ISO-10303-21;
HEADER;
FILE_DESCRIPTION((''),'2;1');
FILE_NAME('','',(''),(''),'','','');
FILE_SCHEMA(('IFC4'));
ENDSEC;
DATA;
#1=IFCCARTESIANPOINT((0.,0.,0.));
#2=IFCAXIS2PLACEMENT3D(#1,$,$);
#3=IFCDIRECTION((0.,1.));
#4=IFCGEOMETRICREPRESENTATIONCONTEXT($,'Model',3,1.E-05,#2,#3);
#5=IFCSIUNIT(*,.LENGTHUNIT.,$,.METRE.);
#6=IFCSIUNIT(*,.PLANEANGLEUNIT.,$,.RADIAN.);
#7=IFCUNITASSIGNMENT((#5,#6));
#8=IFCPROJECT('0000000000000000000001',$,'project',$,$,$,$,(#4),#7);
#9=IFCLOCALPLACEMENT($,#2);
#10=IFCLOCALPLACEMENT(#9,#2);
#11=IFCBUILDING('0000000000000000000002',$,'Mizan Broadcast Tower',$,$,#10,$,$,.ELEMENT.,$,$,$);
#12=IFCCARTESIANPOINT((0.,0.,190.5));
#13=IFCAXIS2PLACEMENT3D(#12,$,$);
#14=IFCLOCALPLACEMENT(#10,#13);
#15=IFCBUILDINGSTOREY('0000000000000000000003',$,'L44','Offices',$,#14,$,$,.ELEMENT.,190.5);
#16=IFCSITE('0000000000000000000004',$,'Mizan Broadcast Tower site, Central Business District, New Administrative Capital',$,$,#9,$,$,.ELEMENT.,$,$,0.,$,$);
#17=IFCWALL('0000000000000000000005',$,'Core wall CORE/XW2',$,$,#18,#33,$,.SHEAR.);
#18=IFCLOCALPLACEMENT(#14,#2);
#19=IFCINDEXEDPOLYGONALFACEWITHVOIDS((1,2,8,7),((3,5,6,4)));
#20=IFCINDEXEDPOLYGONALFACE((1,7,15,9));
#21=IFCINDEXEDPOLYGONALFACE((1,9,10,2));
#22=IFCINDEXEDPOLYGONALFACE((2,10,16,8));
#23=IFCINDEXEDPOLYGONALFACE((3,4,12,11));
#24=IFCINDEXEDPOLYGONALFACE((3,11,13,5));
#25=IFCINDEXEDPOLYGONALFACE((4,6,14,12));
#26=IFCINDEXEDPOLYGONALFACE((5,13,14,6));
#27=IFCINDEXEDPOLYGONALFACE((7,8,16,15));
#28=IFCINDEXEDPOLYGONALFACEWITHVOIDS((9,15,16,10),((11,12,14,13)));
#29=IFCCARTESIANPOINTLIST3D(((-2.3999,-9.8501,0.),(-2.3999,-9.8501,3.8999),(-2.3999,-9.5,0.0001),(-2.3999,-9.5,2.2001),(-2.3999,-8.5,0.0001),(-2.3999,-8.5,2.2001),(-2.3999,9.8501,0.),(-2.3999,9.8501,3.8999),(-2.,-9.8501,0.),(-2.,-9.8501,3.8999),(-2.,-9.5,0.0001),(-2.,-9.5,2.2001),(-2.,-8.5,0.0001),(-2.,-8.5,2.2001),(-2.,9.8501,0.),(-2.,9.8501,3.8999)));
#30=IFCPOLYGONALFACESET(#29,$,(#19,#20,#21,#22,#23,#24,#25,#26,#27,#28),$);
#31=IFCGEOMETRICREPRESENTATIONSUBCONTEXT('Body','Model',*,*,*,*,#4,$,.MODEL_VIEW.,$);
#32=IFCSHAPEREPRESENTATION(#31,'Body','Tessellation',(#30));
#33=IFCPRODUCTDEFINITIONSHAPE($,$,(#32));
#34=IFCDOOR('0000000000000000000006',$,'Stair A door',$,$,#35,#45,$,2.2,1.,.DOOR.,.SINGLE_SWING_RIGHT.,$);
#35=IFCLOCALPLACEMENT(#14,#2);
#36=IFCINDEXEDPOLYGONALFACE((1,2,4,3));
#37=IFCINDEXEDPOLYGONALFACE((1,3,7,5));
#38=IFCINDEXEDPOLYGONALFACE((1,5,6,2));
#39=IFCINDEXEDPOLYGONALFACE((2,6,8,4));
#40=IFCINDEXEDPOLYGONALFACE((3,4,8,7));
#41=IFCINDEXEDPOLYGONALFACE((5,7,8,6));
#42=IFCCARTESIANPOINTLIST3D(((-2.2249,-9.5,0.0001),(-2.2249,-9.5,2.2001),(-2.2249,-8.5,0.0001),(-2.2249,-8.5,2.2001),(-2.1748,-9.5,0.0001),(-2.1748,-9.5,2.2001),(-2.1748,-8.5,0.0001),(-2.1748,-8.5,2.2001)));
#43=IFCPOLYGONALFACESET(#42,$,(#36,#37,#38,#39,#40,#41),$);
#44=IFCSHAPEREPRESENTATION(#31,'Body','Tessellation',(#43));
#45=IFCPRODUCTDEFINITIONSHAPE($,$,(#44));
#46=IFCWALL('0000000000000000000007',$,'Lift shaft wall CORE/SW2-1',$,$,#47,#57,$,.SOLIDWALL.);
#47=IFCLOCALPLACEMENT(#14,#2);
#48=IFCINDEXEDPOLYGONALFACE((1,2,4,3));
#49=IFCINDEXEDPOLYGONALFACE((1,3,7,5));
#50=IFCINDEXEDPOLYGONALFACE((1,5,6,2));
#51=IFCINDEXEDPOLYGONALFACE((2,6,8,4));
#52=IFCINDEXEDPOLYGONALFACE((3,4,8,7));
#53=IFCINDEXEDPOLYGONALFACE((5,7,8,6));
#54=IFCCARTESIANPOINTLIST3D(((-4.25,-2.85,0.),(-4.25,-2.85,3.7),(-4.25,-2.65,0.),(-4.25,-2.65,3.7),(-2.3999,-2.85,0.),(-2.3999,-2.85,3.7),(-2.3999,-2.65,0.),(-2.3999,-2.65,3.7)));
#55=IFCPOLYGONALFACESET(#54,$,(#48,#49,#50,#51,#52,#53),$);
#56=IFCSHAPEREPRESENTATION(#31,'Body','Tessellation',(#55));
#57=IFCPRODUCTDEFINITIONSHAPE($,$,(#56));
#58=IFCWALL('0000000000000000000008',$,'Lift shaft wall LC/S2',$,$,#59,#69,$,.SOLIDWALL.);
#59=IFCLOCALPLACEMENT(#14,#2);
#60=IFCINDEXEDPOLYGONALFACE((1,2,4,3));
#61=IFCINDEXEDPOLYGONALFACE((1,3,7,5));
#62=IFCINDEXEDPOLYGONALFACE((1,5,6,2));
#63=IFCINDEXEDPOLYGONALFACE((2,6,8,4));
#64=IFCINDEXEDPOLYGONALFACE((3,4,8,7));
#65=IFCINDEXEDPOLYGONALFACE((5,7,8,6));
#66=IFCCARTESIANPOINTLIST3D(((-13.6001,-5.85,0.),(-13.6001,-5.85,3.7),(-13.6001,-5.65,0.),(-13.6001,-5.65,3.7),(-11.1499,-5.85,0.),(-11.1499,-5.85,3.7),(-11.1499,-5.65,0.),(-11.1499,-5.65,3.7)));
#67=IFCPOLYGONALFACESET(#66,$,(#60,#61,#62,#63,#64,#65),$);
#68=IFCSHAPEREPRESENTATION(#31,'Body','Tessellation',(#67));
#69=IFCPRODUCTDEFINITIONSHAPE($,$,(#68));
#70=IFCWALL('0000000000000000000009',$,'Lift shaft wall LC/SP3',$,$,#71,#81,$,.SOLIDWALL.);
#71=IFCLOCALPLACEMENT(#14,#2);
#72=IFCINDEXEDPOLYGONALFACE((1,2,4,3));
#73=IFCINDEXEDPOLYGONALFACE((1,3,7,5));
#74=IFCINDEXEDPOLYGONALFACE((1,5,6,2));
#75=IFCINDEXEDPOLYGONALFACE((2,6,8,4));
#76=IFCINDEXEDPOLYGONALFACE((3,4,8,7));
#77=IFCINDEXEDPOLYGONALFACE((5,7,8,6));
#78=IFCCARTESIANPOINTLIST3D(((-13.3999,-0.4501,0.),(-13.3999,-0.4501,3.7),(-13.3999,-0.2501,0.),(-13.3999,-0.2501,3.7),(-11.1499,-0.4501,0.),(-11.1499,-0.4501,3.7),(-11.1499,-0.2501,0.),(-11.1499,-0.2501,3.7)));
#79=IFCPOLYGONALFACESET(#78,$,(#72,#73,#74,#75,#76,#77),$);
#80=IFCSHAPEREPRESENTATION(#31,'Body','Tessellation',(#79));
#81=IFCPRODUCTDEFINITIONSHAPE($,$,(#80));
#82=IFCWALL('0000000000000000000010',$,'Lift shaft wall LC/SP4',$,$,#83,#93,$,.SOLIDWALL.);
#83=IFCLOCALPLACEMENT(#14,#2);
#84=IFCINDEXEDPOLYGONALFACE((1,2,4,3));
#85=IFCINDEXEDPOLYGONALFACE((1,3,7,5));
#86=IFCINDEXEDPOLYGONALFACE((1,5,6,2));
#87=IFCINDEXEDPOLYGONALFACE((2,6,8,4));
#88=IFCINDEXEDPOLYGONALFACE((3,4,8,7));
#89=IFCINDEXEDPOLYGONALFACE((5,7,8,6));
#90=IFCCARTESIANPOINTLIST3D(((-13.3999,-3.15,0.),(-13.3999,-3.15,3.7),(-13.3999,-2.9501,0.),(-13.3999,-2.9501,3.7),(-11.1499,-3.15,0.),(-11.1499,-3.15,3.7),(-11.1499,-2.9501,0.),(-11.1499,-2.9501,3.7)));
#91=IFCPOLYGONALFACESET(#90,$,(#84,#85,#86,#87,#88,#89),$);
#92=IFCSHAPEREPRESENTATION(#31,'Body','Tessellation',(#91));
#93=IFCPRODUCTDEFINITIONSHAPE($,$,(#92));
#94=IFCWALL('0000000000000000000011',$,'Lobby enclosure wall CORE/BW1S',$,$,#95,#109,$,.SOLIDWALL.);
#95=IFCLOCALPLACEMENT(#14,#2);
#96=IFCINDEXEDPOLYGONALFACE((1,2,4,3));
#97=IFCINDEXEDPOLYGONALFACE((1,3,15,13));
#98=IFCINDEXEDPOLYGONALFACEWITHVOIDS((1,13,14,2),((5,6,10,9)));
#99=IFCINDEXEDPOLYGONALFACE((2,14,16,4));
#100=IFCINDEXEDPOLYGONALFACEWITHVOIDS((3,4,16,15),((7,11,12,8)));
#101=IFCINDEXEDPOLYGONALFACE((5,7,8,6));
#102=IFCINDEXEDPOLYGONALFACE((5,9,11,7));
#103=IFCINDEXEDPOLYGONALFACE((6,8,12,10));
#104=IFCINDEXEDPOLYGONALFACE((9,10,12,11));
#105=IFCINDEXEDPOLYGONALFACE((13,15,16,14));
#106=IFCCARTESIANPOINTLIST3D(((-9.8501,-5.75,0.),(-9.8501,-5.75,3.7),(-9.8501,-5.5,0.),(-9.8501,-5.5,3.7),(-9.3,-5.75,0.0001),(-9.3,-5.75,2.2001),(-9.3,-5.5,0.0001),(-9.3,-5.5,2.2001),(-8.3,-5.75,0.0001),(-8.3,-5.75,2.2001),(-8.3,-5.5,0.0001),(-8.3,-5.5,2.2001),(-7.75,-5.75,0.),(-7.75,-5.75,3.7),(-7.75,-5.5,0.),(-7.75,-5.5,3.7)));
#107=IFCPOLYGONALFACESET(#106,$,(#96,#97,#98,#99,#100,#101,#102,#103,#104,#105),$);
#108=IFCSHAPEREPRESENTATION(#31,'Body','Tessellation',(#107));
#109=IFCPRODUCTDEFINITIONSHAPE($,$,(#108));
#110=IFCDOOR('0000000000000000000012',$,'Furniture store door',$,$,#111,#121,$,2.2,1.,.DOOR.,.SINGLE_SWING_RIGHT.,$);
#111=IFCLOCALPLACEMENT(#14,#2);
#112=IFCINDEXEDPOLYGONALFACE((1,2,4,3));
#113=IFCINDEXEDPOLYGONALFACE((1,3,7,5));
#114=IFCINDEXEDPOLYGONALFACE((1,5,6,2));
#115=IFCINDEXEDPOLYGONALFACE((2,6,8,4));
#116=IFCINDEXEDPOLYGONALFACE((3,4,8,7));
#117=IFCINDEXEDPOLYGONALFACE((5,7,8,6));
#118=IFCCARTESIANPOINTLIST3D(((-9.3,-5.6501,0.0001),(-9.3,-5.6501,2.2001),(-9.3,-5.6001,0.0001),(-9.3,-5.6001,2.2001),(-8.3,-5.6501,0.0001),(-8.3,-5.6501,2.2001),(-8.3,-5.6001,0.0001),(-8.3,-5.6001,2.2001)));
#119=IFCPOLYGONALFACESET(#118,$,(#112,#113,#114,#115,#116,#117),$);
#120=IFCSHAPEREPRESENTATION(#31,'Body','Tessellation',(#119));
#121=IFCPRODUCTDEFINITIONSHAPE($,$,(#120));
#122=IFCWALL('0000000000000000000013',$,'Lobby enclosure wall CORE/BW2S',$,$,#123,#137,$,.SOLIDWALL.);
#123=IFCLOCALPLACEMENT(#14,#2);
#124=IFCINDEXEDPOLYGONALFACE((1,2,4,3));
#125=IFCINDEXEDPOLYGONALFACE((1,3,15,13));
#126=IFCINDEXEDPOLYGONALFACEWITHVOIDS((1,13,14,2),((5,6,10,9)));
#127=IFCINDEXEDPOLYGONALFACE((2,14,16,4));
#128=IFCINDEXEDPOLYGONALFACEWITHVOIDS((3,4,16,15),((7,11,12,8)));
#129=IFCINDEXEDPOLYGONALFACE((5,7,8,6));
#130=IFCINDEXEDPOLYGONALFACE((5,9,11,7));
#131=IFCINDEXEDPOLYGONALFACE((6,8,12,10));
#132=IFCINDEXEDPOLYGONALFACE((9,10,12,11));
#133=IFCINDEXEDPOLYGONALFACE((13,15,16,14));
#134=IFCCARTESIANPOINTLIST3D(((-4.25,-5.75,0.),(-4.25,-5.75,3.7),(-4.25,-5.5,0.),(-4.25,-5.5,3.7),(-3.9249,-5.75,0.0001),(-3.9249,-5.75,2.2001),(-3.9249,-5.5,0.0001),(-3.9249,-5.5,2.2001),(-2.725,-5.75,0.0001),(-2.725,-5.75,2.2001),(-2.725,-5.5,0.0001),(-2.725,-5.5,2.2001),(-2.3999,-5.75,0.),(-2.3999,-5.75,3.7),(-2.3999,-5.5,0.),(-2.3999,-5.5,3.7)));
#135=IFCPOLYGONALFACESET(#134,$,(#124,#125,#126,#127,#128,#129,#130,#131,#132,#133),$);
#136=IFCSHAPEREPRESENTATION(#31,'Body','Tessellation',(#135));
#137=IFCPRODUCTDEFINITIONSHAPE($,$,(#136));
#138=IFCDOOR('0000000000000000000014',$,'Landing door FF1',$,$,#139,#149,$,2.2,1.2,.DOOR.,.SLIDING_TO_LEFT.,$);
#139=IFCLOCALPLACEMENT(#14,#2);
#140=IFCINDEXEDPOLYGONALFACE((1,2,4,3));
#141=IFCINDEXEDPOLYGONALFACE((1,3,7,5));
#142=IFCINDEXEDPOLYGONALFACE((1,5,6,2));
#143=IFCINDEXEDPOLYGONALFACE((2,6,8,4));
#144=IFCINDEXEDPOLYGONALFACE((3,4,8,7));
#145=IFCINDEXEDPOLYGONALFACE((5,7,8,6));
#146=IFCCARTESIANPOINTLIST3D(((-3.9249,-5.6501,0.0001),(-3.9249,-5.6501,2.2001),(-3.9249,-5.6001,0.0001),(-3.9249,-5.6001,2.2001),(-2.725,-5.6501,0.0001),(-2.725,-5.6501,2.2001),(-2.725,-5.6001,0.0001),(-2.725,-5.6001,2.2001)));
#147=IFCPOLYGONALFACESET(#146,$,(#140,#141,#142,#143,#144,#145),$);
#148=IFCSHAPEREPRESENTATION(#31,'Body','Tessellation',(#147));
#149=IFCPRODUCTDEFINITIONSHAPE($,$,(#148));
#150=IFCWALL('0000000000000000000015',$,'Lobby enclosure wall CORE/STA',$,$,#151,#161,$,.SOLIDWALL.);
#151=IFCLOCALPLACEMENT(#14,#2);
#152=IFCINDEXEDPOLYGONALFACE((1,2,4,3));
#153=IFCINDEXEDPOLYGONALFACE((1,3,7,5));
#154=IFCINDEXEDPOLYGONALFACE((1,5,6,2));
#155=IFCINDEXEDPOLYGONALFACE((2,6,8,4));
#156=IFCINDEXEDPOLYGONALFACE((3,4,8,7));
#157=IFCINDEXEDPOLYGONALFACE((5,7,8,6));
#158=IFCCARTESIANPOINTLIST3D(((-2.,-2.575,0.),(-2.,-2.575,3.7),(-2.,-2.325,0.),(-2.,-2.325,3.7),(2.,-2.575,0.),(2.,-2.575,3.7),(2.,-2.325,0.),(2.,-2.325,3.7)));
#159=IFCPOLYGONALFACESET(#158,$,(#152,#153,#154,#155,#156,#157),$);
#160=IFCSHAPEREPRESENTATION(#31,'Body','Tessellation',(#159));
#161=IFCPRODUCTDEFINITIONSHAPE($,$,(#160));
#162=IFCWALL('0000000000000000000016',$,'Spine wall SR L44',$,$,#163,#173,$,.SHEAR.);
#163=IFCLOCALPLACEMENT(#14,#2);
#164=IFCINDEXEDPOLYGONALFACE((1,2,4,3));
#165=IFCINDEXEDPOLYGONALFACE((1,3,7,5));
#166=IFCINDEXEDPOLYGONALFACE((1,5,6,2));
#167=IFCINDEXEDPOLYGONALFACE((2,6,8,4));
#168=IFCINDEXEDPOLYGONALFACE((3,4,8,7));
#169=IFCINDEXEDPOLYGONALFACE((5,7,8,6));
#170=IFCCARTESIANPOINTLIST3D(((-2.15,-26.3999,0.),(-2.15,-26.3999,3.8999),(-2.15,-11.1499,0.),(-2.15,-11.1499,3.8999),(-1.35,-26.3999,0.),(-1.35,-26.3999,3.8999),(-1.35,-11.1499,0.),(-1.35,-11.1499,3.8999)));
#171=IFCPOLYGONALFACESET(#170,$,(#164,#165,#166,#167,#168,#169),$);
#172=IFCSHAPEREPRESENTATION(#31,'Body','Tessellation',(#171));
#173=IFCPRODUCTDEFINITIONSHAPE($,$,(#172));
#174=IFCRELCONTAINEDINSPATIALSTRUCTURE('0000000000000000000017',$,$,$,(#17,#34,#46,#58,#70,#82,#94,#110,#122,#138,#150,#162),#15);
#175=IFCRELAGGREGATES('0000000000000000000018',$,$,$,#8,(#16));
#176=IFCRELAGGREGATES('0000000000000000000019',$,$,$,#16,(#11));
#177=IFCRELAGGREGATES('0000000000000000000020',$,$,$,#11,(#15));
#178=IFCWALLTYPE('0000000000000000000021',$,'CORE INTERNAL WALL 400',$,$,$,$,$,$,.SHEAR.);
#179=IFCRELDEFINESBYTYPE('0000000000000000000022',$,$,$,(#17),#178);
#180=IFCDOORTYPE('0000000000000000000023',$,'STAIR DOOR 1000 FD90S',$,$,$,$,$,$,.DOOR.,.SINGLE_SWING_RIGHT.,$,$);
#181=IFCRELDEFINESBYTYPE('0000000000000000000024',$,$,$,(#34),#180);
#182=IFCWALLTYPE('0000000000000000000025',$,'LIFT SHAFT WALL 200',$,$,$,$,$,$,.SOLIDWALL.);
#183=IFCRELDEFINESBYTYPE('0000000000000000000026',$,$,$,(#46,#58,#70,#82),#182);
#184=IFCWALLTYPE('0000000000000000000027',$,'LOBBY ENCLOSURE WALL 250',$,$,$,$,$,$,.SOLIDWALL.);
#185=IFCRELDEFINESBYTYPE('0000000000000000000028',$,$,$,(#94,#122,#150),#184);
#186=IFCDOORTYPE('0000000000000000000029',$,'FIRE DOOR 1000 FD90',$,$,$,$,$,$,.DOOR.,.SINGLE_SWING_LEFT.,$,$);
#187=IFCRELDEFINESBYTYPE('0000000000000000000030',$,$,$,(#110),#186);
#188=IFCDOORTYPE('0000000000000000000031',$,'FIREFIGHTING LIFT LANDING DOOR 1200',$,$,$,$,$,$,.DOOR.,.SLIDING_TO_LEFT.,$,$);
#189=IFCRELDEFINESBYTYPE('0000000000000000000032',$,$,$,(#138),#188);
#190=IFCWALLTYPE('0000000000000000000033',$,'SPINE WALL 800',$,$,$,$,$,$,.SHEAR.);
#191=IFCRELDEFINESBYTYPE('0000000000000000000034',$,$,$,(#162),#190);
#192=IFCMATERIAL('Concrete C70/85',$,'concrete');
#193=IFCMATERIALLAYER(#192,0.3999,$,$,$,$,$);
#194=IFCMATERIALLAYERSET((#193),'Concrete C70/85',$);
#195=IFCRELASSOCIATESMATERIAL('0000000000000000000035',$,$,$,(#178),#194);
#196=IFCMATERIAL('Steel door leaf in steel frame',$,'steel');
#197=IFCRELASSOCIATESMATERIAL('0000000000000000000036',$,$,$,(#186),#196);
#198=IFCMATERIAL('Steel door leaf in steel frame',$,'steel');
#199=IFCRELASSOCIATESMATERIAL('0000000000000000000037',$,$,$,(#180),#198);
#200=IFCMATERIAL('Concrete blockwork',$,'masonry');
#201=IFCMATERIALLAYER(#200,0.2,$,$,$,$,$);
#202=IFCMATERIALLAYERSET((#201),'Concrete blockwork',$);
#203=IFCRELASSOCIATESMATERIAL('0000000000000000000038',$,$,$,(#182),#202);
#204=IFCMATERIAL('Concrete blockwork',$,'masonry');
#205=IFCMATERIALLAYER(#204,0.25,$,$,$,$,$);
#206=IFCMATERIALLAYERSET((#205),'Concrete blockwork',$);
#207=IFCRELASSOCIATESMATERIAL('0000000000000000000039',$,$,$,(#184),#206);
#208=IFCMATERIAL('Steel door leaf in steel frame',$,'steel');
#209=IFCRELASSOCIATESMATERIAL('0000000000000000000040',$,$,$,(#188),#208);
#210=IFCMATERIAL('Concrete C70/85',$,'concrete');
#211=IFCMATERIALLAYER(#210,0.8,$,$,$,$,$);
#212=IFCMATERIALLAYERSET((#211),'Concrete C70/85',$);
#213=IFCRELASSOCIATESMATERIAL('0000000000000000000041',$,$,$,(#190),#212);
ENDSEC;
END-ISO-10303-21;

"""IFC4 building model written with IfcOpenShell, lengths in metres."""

from ifc_helpers import new_model, si_unit, direction, frame, frame_2d, origin, place, context, subcontext, project, spatial, rectangle, extrude, material, layer, layer_set, type_object, element, fill, save


model = new_model("IFC4")

# Units and contexts
model_context = context("Model", 3, precision=1e-05, world=origin(), true_north=direction((0.0, 1.0)))
body_context = subcontext(model_context, "Body", "Model", "MODEL_VIEW")
ifc_project = project(units=[si_unit("LENGTHUNIT", "METRE"), si_unit("PLANEANGLEUNIT", "RADIAN")], contexts=[model_context])

# Site, building, storey
site_placement = place(None, origin())
site = spatial("IfcSite", under=ifc_project, at=site_placement, Name="Mizan Broadcast Tower site, Central Business District, New Administrative Capital", CompositionType="ELEMENT", RefElevation=0.0)
building_placement = place(site_placement, origin())
building = spatial("IfcBuilding", under=site, at=building_placement, Name="Mizan Broadcast Tower", CompositionType="ELEMENT")
storey_placement = place(building_placement, frame((0.0, 0.0, 190.5)))
storey = spatial("IfcBuildingStorey", under=building, at=storey_placement, Name="L44", Description="Offices", CompositionType="ELEMENT", Elevation=190.5)

# Shared definitions
ifc_material_1 = material(Name="Concrete C70/85", Category="concrete")
ifc_layer_1 = layer(ifc_material_1, 0.3999)
ifc_layer_set_1 = layer_set([ifc_layer_1], Name="Concrete C70/85")
wall_type_1 = type_object("IfcWallType", Name="CORE INTERNAL WALL 400", PredefinedType="SHEAR", material=ifc_layer_set_1)
ifc_material_2 = material(Name="Steel door leaf in steel frame", Category="steel")
door_type_1 = type_object("IfcDoorType", Name="FIRE DOOR 1000 FD90", OperationType="SINGLE_SWING_LEFT", PredefinedType="DOOR", material=ifc_material_2)

# Wall, opening, door
wall_1_placement = place(storey_placement, frame((-2.2, -9.8501, 0.0), z_axis=(0.0, 0.0, 1.0), x_axis=(0.0, 1.0, 0.0)))
wall_1 = element("IfcWall", 1, at=wall_1_placement, inside=storey, type_object=wall_type_1, Name="Core wall CORE/XW2", PredefinedType="SHEAR", context=body_context, shape_type="SweptSolid", body=[
    extrude(rectangle(XDim=19.7002, YDim=0.3999, at=frame_2d((9.8501, 0.0))), origin(), (0.0, 0.0, 1.0), 3.8999),
])
opening_1_placement = place(wall_1_placement, frame((0.3501, 0.0, 0.0)))
opening_1 = element("IfcOpeningElement", 2, at=opening_1_placement, cuts=wall_1, PredefinedType="OPENING", context=body_context, shape_type="SweptSolid", body=[
    extrude(rectangle(XDim=1.0, YDim=2.2, at=frame_2d((0.5, 1.1001))), frame((0.0, 0.21, 0.0), z_axis=(0.0, -1.0, 0.0), x_axis=(1.0, 0.0, 0.0)), (0.0, 0.0, 1.0), 0.4199),
])
ifc_material_3 = material(Name="Steel door leaf in steel frame", Category="steel")
door_type_2 = type_object("IfcDoorType", Name="STAIR DOOR 1000 FD90S", OperationType="SINGLE_SWING_RIGHT", PredefinedType="DOOR", material=ifc_material_3)
door_1_placement = place(opening_1_placement, origin())
door_1 = element("IfcDoor", 3, at=door_1_placement, inside=storey, type_object=door_type_2, Name="Stair A door", OperationType="SINGLE_SWING_RIGHT", OverallHeight=2.2, OverallWidth=1.0, PredefinedType="DOOR", context=body_context, shape_type="SweptSolid", body=[
    extrude(rectangle(XDim=1.0, YDim=2.2, at=frame_2d((0.5, 1.1001))), frame((0.0, 0.0249, 0.0), z_axis=(0.0, -1.0, 0.0), x_axis=(1.0, 0.0, 0.0)), (0.0, 0.0, 1.0), 0.05),
])
fill(opening_1, door_1)

# Walls
ifc_material_4 = material(Name="Concrete blockwork", Category="masonry")
ifc_layer_2 = layer(ifc_material_4, 0.2)
ifc_layer_set_2 = layer_set([ifc_layer_2], Name="Concrete blockwork")
wall_type_2 = type_object("IfcWallType", Name="LIFT SHAFT WALL 200", PredefinedType="SOLIDWALL", material=ifc_layer_set_2)
wall_2_placement = place(storey_placement, frame((-4.25, -2.75, 0.0), z_axis=(0.0, 0.0, 1.0), x_axis=(1.0, 0.0, 0.0)))
element("IfcWall", 4, at=wall_2_placement, inside=storey, type_object=wall_type_2, Name="Lift shaft wall CORE/SW2-1", PredefinedType="SOLIDWALL", context=body_context, shape_type="SweptSolid", body=[
    extrude(rectangle(XDim=1.8501, YDim=0.2, at=frame_2d((0.925, 0.0))), origin(), (0.0, 0.0, 1.0), 3.7),
])
wall_3_placement = place(storey_placement, frame((-11.1499, -5.75, 0.0), z_axis=(0.0, 0.0, 1.0), x_axis=(-1.0, 0.0, 0.0)))
element("IfcWall", 5, at=wall_3_placement, inside=storey, type_object=wall_type_2, Name="Lift shaft wall LC/S2", PredefinedType="SOLIDWALL", context=body_context, shape_type="SweptSolid", body=[
    extrude(rectangle(XDim=2.4502, YDim=0.2, at=frame_2d((1.2251, 0.0))), origin(), (0.0, 0.0, 1.0), 3.7),
])
for number, where, z_axis, x_axis, name in (
    (6, (-11.1499, -0.3501, 0.0), (0.0, 0.0, 1.0), (-1.0, 0.0, 0.0), "Lift shaft wall LC/SP3"),
    (7, (-11.1499, -3.05, 0.0), (0.0, 0.0, 1.0), (-1.0, 0.0, 0.0), "Lift shaft wall LC/SP4"),
):
    element("IfcWall", number, at=place(storey_placement, frame(where, z_axis=z_axis, x_axis=x_axis)), inside=storey, type_object=wall_type_2, Name=name, PredefinedType="SOLIDWALL", context=body_context, shape_type="SweptSolid", body=[
        extrude(rectangle(XDim=2.25, YDim=0.2, at=frame_2d((1.125, 0.0))), origin(), (0.0, 0.0, 1.0), 3.7),
    ])

# Walls, openings, doors
ifc_material_5 = material(Name="Concrete blockwork", Category="masonry")
ifc_layer_3 = layer(ifc_material_5, 0.25)
ifc_layer_set_3 = layer_set([ifc_layer_3], Name="Concrete blockwork")
wall_type_3 = type_object("IfcWallType", Name="LOBBY ENCLOSURE WALL 250", PredefinedType="SOLIDWALL", material=ifc_layer_set_3)
wall_4_placement = place(storey_placement, frame((-9.8501, -5.625, 0.0), z_axis=(0.0, 0.0, 1.0), x_axis=(1.0, 0.0, 0.0)))
wall_4 = element("IfcWall", 8, at=wall_4_placement, inside=storey, type_object=wall_type_3, Name="Lobby enclosure wall CORE/BW1S", PredefinedType="SOLIDWALL", context=body_context, shape_type="SweptSolid", body=[
    extrude(rectangle(XDim=2.1001, YDim=0.25, at=frame_2d((1.05, 0.0))), origin(), (0.0, 0.0, 1.0), 3.7),
])
opening_2_placement = place(wall_4_placement, frame((0.55, 0.0, 0.0)))
opening_2 = element("IfcOpeningElement", 9, at=opening_2_placement, cuts=wall_4, PredefinedType="OPENING", context=body_context, shape_type="SweptSolid", body=[
    extrude(rectangle(XDim=1.0, YDim=2.2, at=frame_2d((0.5, 1.1001))), frame((0.0, 0.135, 0.0), z_axis=(0.0, -1.0, 0.0), x_axis=(1.0, 0.0, 0.0)), (0.0, 0.0, 1.0), 0.27),
])
door_2_placement = place(opening_2_placement, origin())
door_2 = element("IfcDoor", 10, at=door_2_placement, inside=storey, type_object=door_type_1, Name="Furniture store door", OperationType="SINGLE_SWING_RIGHT", OverallHeight=2.2, OverallWidth=1.0, PredefinedType="DOOR", context=body_context, shape_type="SweptSolid", body=[
    extrude(rectangle(XDim=1.0, YDim=2.2, at=frame_2d((0.5, 1.1001))), frame((0.0, 0.0249, 0.0), z_axis=(0.0, -1.0, 0.0), x_axis=(1.0, 0.0, 0.0)), (0.0, 0.0, 1.0), 0.05),
])
fill(opening_2, door_2)
wall_5_placement = place(storey_placement, frame((-4.25, -5.625, 0.0), z_axis=(0.0, 0.0, 1.0), x_axis=(1.0, 0.0, 0.0)))
wall_5 = element("IfcWall", 11, at=wall_5_placement, inside=storey, type_object=wall_type_3, Name="Lobby enclosure wall CORE/BW2S", PredefinedType="SOLIDWALL", context=body_context, shape_type="SweptSolid", body=[
    extrude(rectangle(XDim=1.8501, YDim=0.25, at=frame_2d((0.925, 0.0))), origin(), (0.0, 0.0, 1.0), 3.7),
])
opening_3_placement = place(wall_5_placement, frame((0.325, 0.0, 0.0)))
opening_3 = element("IfcOpeningElement", 12, at=opening_3_placement, cuts=wall_5, PredefinedType="OPENING", context=body_context, shape_type="SweptSolid", body=[
    extrude(rectangle(XDim=1.2, YDim=2.2, at=frame_2d((0.6001, 1.1001))), frame((0.0, 0.135, 0.0), z_axis=(0.0, -1.0, 0.0), x_axis=(1.0, 0.0, 0.0)), (0.0, 0.0, 1.0), 0.27),
])
ifc_material_6 = material(Name="Steel door leaf in steel frame", Category="steel")
door_type_3 = type_object("IfcDoorType", Name="FIREFIGHTING LIFT LANDING DOOR 1200", OperationType="SLIDING_TO_LEFT", PredefinedType="DOOR", material=ifc_material_6)
door_3_placement = place(opening_3_placement, origin())
door_3 = element("IfcDoor", 13, at=door_3_placement, inside=storey, type_object=door_type_3, Name="Landing door FF1", OperationType="SLIDING_TO_LEFT", OverallHeight=2.2, OverallWidth=1.2, PredefinedType="DOOR", context=body_context, shape_type="SweptSolid", body=[
    extrude(rectangle(XDim=1.2, YDim=2.2, at=frame_2d((0.6001, 1.1001))), frame((0.0, 0.0249, 0.0), z_axis=(0.0, -1.0, 0.0), x_axis=(1.0, 0.0, 0.0)), (0.0, 0.0, 1.0), 0.05),
])
fill(opening_3, door_3)

# Walls
wall_6_placement = place(storey_placement, frame((-2.0, -2.45, 0.0), z_axis=(0.0, 0.0, 1.0), x_axis=(1.0, 0.0, 0.0)))
element("IfcWall", 14, at=wall_6_placement, inside=storey, type_object=wall_type_3, Name="Lobby enclosure wall CORE/STA", PredefinedType="SOLIDWALL", context=body_context, shape_type="SweptSolid", body=[
    extrude(rectangle(XDim=4.0, YDim=0.25, at=frame_2d((2.0, 0.0))), origin(), (0.0, 0.0, 1.0), 3.7),
])
ifc_material_7 = material(Name="Concrete C70/85", Category="concrete")
ifc_layer_4 = layer(ifc_material_7, 0.8)
ifc_layer_set_4 = layer_set([ifc_layer_4], Name="Concrete C70/85")
wall_type_4 = type_object("IfcWallType", Name="SPINE WALL 800", PredefinedType="SHEAR", material=ifc_layer_set_4)
wall_7_placement = place(storey_placement, frame((-1.75, -11.1499, 0.0), z_axis=(0.0, 0.0, 1.0), x_axis=(0.0, -1.0, 0.0)))
element("IfcWall", 15, at=wall_7_placement, inside=storey, type_object=wall_type_4, Name="Spine wall SR L44", PredefinedType="SHEAR", context=body_context, shape_type="SweptSolid", body=[
    extrude(rectangle(XDim=15.25, YDim=0.8, at=frame_2d((7.625, 0.0))), origin(), (0.0, 0.0, 1.0), 3.8999),
])

save(model, "model.ifc")
